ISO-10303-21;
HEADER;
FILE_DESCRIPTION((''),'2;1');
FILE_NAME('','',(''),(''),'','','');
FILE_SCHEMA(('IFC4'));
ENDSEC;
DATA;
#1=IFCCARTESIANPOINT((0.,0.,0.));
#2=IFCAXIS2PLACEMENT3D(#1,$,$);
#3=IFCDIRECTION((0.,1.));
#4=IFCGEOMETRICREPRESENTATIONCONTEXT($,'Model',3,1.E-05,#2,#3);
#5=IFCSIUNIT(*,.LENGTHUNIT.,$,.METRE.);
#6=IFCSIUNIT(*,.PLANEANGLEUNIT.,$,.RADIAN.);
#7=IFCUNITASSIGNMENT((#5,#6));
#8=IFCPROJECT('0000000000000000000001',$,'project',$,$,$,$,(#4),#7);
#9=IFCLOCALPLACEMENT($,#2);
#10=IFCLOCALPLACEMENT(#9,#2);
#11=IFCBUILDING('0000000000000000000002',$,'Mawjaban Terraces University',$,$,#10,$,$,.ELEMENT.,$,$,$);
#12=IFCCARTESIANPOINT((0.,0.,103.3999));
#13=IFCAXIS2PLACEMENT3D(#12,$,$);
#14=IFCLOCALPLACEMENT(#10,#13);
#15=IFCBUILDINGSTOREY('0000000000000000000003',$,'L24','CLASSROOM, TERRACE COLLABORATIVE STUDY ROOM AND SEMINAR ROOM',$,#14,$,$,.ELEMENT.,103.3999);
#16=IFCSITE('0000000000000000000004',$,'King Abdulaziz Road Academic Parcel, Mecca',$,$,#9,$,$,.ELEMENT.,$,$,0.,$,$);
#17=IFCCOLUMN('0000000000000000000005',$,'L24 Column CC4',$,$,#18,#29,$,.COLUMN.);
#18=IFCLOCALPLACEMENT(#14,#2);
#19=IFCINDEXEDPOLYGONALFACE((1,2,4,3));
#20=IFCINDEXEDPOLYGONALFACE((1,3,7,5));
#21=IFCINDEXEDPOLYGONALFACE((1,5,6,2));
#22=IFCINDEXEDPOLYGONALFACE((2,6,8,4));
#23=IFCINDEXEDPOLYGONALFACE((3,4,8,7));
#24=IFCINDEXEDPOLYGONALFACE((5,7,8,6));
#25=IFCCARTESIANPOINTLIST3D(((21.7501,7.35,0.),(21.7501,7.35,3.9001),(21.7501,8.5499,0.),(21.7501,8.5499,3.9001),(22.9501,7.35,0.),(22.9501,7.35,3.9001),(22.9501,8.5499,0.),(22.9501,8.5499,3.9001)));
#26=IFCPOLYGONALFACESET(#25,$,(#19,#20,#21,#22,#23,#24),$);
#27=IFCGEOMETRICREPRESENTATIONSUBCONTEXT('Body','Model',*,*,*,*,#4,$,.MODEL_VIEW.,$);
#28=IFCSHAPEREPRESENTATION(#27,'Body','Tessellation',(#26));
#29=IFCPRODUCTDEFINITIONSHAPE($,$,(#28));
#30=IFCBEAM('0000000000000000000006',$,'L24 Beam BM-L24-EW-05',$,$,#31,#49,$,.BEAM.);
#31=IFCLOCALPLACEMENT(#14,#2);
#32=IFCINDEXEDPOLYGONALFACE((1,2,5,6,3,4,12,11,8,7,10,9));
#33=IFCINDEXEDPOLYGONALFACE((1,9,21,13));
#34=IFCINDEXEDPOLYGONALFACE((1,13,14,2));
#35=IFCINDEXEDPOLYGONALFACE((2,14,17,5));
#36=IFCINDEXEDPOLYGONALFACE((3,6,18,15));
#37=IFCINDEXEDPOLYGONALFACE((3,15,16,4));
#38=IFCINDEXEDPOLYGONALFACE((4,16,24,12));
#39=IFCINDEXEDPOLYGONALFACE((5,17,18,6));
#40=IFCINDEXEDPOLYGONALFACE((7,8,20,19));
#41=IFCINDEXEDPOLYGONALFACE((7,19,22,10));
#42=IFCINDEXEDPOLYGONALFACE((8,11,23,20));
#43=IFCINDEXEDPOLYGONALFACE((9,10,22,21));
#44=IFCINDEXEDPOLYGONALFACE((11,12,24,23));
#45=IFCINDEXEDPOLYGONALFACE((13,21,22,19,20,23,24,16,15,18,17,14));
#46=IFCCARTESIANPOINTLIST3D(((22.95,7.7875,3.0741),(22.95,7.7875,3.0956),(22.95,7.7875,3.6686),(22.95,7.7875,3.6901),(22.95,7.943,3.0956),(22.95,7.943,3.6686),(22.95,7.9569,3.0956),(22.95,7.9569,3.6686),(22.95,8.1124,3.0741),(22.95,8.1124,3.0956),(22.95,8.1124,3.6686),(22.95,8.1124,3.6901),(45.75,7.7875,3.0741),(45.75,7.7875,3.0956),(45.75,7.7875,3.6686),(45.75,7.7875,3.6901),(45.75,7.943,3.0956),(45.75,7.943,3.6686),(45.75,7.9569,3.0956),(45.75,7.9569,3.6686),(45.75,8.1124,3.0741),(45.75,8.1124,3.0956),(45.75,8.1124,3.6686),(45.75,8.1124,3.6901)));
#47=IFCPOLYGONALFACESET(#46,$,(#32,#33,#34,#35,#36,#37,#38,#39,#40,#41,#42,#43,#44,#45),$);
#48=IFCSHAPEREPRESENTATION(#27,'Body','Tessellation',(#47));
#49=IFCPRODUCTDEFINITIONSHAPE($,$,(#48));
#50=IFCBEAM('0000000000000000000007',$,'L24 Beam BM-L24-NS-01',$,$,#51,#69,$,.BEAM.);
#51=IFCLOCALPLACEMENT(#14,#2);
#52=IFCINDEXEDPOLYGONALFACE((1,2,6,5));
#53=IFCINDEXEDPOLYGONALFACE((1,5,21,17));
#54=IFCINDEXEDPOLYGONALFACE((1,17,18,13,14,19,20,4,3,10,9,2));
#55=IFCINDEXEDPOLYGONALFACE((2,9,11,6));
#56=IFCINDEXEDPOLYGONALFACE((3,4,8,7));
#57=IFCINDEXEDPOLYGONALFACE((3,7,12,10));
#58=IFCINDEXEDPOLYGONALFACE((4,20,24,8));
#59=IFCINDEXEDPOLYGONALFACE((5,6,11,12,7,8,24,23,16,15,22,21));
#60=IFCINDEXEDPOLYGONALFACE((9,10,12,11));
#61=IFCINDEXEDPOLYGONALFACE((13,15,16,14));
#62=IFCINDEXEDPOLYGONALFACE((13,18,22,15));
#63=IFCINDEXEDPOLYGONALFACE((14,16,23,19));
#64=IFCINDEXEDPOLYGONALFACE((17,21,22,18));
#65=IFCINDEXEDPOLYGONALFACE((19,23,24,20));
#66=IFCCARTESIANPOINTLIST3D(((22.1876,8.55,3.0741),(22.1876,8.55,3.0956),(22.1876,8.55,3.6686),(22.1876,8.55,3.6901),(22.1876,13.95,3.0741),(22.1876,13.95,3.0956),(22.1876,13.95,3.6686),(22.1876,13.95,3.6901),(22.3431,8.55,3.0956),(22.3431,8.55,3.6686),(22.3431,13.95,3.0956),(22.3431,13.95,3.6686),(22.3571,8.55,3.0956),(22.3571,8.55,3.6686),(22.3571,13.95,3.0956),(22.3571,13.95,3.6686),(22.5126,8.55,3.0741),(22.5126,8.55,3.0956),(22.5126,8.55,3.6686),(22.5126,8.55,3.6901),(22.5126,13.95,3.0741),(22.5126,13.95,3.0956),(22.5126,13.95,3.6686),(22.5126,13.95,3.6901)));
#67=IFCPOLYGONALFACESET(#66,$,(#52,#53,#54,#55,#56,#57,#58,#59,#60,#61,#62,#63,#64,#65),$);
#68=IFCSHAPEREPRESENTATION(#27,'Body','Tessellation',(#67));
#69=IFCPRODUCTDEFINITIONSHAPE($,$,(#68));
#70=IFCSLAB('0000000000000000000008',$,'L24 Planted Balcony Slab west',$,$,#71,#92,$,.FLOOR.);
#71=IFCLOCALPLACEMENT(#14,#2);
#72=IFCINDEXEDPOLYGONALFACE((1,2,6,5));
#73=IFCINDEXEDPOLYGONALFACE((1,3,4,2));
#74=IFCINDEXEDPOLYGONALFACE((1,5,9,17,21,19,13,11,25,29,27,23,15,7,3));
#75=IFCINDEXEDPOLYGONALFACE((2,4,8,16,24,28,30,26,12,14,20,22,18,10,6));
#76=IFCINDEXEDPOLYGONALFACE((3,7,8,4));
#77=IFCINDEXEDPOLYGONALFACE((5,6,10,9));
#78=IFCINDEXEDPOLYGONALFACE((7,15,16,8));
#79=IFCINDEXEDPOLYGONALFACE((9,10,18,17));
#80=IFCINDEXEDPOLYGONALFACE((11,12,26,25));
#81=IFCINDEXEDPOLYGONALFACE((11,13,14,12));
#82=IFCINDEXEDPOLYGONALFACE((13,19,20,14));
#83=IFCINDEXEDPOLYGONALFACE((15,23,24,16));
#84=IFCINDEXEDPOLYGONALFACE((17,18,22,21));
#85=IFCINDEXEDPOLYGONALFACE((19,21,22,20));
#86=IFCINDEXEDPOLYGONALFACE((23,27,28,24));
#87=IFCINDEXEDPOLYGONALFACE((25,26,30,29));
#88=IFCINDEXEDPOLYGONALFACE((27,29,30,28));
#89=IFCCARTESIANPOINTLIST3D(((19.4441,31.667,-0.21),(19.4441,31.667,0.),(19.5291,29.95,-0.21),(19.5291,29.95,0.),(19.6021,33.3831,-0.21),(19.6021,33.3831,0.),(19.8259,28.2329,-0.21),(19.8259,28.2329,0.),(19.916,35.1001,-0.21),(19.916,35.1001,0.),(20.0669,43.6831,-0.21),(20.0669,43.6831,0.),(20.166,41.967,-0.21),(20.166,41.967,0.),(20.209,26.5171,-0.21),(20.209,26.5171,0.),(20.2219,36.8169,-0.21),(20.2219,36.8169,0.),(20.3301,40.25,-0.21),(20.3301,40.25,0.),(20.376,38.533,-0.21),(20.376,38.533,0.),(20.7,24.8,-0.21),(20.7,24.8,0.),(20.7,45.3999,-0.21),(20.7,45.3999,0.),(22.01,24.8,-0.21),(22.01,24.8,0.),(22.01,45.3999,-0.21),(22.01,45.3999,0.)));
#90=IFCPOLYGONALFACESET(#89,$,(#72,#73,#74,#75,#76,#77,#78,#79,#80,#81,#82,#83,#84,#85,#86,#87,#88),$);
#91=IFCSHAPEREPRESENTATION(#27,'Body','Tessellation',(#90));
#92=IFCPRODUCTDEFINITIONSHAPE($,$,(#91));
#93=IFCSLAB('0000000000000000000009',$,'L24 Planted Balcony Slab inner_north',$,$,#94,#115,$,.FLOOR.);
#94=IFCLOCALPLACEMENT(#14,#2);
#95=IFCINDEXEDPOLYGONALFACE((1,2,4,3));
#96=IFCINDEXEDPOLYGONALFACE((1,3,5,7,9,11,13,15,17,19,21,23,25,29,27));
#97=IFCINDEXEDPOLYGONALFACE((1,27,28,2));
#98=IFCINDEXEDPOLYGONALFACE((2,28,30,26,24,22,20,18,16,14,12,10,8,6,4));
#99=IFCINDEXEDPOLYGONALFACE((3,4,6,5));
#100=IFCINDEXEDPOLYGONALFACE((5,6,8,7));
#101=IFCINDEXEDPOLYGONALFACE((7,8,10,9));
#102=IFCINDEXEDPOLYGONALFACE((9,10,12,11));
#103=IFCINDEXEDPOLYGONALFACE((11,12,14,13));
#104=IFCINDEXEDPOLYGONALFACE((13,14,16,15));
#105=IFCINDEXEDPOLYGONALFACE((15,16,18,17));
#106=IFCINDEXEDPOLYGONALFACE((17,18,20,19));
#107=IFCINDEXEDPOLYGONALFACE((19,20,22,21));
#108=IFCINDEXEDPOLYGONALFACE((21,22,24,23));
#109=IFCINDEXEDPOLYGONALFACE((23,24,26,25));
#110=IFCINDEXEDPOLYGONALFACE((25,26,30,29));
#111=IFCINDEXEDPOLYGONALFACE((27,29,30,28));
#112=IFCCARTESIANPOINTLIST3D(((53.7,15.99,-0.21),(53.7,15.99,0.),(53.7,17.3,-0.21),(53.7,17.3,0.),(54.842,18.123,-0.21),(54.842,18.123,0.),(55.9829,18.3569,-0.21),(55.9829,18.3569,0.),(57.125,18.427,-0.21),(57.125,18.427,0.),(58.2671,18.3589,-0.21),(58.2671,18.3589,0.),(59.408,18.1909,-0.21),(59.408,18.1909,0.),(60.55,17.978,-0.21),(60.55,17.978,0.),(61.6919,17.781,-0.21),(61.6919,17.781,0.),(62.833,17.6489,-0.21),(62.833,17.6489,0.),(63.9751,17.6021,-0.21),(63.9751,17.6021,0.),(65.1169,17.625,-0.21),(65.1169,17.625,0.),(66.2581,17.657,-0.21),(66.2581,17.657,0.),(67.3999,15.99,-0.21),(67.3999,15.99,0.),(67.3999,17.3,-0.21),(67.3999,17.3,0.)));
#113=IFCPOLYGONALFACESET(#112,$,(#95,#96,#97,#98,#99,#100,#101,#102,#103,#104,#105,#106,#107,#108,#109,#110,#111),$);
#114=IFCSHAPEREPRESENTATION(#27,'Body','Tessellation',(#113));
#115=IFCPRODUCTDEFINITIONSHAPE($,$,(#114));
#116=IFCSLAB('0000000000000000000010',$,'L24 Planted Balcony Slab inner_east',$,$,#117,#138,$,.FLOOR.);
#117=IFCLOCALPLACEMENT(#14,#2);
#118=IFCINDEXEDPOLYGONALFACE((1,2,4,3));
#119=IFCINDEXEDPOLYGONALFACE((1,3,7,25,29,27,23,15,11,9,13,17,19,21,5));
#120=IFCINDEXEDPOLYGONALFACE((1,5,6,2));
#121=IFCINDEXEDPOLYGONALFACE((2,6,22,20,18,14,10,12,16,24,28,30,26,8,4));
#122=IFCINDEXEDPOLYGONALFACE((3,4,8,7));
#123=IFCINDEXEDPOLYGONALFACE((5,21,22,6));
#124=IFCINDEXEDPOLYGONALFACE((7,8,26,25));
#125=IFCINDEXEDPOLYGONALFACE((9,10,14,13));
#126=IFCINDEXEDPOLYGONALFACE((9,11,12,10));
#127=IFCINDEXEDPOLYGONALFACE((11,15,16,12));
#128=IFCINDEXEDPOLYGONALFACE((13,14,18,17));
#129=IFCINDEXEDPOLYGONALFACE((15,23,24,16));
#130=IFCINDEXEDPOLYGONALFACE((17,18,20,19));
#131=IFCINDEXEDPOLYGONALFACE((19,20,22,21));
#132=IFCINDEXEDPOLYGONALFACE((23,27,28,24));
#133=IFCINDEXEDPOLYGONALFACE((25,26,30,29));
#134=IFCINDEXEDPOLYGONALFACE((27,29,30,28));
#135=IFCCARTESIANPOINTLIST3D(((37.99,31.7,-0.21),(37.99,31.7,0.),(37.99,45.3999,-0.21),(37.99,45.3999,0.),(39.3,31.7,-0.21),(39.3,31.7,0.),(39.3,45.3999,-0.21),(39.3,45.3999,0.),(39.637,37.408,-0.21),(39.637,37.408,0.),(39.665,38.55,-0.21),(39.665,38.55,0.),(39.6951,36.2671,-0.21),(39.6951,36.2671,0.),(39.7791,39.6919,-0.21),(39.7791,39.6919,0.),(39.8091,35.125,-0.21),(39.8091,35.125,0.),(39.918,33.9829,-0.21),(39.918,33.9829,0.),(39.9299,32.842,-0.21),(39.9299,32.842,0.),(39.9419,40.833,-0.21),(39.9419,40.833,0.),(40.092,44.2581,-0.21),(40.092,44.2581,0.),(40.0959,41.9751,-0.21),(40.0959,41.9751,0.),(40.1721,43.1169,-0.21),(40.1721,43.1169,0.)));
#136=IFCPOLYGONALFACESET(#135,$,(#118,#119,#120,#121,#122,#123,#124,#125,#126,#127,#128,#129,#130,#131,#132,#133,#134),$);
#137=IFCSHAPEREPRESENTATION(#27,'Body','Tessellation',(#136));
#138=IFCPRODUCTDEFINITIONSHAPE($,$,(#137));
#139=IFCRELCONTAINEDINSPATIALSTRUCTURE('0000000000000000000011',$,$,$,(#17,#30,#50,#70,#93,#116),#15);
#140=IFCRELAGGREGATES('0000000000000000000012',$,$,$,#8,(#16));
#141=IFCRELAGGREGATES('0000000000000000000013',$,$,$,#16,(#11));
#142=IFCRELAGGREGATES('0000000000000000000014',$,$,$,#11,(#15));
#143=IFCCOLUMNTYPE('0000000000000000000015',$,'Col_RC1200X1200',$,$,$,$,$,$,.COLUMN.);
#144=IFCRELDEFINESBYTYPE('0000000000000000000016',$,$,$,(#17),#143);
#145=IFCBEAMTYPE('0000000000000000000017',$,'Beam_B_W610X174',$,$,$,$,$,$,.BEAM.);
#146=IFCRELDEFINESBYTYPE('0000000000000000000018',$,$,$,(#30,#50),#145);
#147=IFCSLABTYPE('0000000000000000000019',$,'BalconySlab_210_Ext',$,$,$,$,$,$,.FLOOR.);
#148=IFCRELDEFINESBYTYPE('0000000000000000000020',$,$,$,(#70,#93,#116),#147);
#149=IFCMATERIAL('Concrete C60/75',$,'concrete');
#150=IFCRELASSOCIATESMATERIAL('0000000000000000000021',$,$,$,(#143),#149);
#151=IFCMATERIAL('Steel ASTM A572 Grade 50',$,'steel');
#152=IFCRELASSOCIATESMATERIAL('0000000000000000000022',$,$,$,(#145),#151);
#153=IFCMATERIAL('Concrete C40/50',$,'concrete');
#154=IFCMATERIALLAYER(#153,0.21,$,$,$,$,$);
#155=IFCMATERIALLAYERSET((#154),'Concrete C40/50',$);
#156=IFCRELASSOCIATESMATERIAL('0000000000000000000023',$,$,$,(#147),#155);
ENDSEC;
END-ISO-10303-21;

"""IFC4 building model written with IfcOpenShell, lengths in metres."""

from ifc_helpers import new_model, si_unit, direction, frame, origin, origin_2d, place, context, subcontext, project, spatial, polyline, rectangle, i_section, outline, extrude, material, layer, layer_set, material_profile, profile_set, type_object, element, save


model = new_model("IFC4")

# Units and contexts
model_context = context("Model", 3, precision=1e-05, world=origin(), true_north=direction((0.0, 1.0)))
body_context = subcontext(model_context, "Body", "Model", "MODEL_VIEW")
ifc_project = project(units=[si_unit("LENGTHUNIT", "METRE"), si_unit("PLANEANGLEUNIT", "RADIAN")], contexts=[model_context])

# Site, building, storey
site_placement = place(None, origin())
site = spatial("IfcSite", under=ifc_project, at=site_placement, Name="King Abdulaziz Road Academic Parcel, Mecca", CompositionType="ELEMENT", RefElevation=0.0)
building_placement = place(site_placement, origin())
building = spatial("IfcBuilding", under=site, at=building_placement, Name="Mawjaban Terraces University", CompositionType="ELEMENT")
storey_placement = place(building_placement, frame((0.0, 0.0, 103.3999)))
storey = spatial("IfcBuildingStorey", under=building, at=storey_placement, Name="L24", Description="CLASSROOM, TERRACE COLLABORATIVE STUDY ROOM AND SEMINAR ROOM", CompositionType="ELEMENT", Elevation=103.3999)

# Column
ifc_material_1 = material(Name="Concrete C60/75", Category="concrete")
ifc_material_profile_1 = material_profile(ifc_material_1, rectangle(XDim=1.2, YDim=1.2, at=origin_2d()), Name="RC1200X1200")
ifc_profile_set_1 = profile_set([ifc_material_profile_1], Name="Concrete C60/75")
column_type = type_object("IfcColumnType", Name="Col_RC1200X1200", PredefinedType="COLUMN", material=ifc_profile_set_1)
column_placement = place(storey_placement, frame((22.3501, 7.95, 0.0), z_axis=(0.0, 0.0, 1.0), x_axis=(1.0, 0.0, 0.0)))
element("IfcColumn", 1, at=column_placement, inside=storey, type_object=column_type, Name="L24 Column CC4", PredefinedType="COLUMN", context=body_context, shape_type="SweptSolid", body=[
    extrude(rectangle(XDim=1.2, YDim=1.2, at=origin_2d()), origin(), (0.0, 0.0, 1.0), 3.9001),
])

# Beams
ifc_material_2 = material(Name="Steel ASTM A572 Grade 50", Category="steel")
ifc_material_profile_2 = material_profile(ifc_material_2, i_section(OverallWidth=0.325, OverallDepth=0.616, WebThickness=0.0139, FlangeThickness=0.0215, at=origin_2d()), Name="W610X174")
ifc_profile_set_2 = profile_set([ifc_material_profile_2], Name="Steel ASTM A572 Grade 50")
beam_type = type_object("IfcBeamType", Name="Beam_B_W610X174", PredefinedType="BEAM", material=ifc_profile_set_2)
beam_1_placement = place(storey_placement, frame((22.95, 7.95, 3.3821), z_axis=(1.0, 0.0, 0.0), x_axis=(0.0, 1.0, 0.0)))
element("IfcBeam", 2, at=beam_1_placement, inside=storey, type_object=beam_type, Name="L24 Beam BM-L24-EW-05", PredefinedType="BEAM", context=body_context, shape_type="SweptSolid", body=[
    extrude(i_section(OverallWidth=0.325, OverallDepth=0.616, WebThickness=0.0139, FlangeThickness=0.0215, at=origin_2d()), origin(), (0.0, 0.0, 1.0), 22.8),
])
beam_2_placement = place(storey_placement, frame((22.3501, 8.55, 3.3821), z_axis=(0.0, 1.0, 0.0), x_axis=(-1.0, 0.0, 0.0)))
element("IfcBeam", 3, at=beam_2_placement, inside=storey, type_object=beam_type, Name="L24 Beam BM-L24-NS-01", PredefinedType="BEAM", context=body_context, shape_type="SweptSolid", body=[
    extrude(i_section(OverallWidth=0.325, OverallDepth=0.616, WebThickness=0.0139, FlangeThickness=0.0215, at=origin_2d()), origin(), (0.0, 0.0, 1.0), 5.3999),
])

# Slabs
ifc_material_3 = material(Name="Concrete C40/50", Category="concrete")
ifc_layer_1 = layer(ifc_material_3, 0.21)
ifc_layer_set_1 = layer_set([ifc_layer_1], Name="Concrete C40/50")
slab_type_1 = type_object("IfcSlabType", Name="BalconySlab_210_Ext", PredefinedType="FLOOR", material=ifc_layer_set_1)
slab_1_placement = place(storey_placement, frame((0.0, 0.0, -0.21)))
element("IfcSlab", 4, at=slab_1_placement, inside=storey, type_object=slab_type_1, Name="L24 Planted Balcony Slab west", PredefinedType="FLOOR", context=body_context, shape_type="SweptSolid", body=[
    extrude(outline(polyline([(22.01, 24.8), (22.01, 45.3999), (20.7, 45.3999), (20.0669, 43.6831), (20.166, 41.967), (20.3301, 40.25), (20.376, 38.533), (20.2219, 36.8169), (19.916, 35.1001), (19.6021, 33.3831), (19.4441, 31.667), (19.5291, 29.95), (19.8259, 28.2329), (20.209, 26.5171), (20.7, 24.8), (22.01, 24.8)])), origin(), (0.0, 0.0, 1.0), 0.21),
])
slab_2_placement = place(storey_placement, frame((0.0, 0.0, -0.21)))
element("IfcSlab", 5, at=slab_2_placement, inside=storey, type_object=slab_type_1, Name="L24 Planted Balcony Slab inner_north", PredefinedType="FLOOR", context=body_context, shape_type="SweptSolid", body=[
    extrude(outline(polyline([(53.7, 15.99), (67.3999, 15.99), (67.3999, 17.3), (66.2581, 17.657), (65.1169, 17.625), (63.9751, 17.6021), (62.833, 17.6489), (61.6919, 17.781), (60.55, 17.978), (59.408, 18.1909), (58.2671, 18.3589), (57.125, 18.427), (55.9829, 18.3569), (54.842, 18.123), (53.7, 17.3), (53.7, 15.99)])), origin(), (0.0, 0.0, 1.0), 0.21),
])
slab_3_placement = place(storey_placement, frame((0.0, 0.0, -0.21)))
element("IfcSlab", 6, at=slab_3_placement, inside=storey, type_object=slab_type_1, Name="L24 Planted Balcony Slab inner_east", PredefinedType="FLOOR", context=body_context, shape_type="SweptSolid", body=[
    extrude(outline(polyline([(39.3, 31.7), (39.9299, 32.842), (39.918, 33.9829), (39.8091, 35.125), (39.6951, 36.2671), (39.637, 37.408), (39.665, 38.55), (39.7791, 39.6919), (39.9419, 40.833), (40.0959, 41.9751), (40.1721, 43.1169), (40.092, 44.2581), (39.3, 45.3999), (37.99, 45.3999), (37.99, 31.7), (39.3, 31.7)])), origin(), (0.0, 0.0, 1.0), 0.21),
])

save(model, "model.ifc")
